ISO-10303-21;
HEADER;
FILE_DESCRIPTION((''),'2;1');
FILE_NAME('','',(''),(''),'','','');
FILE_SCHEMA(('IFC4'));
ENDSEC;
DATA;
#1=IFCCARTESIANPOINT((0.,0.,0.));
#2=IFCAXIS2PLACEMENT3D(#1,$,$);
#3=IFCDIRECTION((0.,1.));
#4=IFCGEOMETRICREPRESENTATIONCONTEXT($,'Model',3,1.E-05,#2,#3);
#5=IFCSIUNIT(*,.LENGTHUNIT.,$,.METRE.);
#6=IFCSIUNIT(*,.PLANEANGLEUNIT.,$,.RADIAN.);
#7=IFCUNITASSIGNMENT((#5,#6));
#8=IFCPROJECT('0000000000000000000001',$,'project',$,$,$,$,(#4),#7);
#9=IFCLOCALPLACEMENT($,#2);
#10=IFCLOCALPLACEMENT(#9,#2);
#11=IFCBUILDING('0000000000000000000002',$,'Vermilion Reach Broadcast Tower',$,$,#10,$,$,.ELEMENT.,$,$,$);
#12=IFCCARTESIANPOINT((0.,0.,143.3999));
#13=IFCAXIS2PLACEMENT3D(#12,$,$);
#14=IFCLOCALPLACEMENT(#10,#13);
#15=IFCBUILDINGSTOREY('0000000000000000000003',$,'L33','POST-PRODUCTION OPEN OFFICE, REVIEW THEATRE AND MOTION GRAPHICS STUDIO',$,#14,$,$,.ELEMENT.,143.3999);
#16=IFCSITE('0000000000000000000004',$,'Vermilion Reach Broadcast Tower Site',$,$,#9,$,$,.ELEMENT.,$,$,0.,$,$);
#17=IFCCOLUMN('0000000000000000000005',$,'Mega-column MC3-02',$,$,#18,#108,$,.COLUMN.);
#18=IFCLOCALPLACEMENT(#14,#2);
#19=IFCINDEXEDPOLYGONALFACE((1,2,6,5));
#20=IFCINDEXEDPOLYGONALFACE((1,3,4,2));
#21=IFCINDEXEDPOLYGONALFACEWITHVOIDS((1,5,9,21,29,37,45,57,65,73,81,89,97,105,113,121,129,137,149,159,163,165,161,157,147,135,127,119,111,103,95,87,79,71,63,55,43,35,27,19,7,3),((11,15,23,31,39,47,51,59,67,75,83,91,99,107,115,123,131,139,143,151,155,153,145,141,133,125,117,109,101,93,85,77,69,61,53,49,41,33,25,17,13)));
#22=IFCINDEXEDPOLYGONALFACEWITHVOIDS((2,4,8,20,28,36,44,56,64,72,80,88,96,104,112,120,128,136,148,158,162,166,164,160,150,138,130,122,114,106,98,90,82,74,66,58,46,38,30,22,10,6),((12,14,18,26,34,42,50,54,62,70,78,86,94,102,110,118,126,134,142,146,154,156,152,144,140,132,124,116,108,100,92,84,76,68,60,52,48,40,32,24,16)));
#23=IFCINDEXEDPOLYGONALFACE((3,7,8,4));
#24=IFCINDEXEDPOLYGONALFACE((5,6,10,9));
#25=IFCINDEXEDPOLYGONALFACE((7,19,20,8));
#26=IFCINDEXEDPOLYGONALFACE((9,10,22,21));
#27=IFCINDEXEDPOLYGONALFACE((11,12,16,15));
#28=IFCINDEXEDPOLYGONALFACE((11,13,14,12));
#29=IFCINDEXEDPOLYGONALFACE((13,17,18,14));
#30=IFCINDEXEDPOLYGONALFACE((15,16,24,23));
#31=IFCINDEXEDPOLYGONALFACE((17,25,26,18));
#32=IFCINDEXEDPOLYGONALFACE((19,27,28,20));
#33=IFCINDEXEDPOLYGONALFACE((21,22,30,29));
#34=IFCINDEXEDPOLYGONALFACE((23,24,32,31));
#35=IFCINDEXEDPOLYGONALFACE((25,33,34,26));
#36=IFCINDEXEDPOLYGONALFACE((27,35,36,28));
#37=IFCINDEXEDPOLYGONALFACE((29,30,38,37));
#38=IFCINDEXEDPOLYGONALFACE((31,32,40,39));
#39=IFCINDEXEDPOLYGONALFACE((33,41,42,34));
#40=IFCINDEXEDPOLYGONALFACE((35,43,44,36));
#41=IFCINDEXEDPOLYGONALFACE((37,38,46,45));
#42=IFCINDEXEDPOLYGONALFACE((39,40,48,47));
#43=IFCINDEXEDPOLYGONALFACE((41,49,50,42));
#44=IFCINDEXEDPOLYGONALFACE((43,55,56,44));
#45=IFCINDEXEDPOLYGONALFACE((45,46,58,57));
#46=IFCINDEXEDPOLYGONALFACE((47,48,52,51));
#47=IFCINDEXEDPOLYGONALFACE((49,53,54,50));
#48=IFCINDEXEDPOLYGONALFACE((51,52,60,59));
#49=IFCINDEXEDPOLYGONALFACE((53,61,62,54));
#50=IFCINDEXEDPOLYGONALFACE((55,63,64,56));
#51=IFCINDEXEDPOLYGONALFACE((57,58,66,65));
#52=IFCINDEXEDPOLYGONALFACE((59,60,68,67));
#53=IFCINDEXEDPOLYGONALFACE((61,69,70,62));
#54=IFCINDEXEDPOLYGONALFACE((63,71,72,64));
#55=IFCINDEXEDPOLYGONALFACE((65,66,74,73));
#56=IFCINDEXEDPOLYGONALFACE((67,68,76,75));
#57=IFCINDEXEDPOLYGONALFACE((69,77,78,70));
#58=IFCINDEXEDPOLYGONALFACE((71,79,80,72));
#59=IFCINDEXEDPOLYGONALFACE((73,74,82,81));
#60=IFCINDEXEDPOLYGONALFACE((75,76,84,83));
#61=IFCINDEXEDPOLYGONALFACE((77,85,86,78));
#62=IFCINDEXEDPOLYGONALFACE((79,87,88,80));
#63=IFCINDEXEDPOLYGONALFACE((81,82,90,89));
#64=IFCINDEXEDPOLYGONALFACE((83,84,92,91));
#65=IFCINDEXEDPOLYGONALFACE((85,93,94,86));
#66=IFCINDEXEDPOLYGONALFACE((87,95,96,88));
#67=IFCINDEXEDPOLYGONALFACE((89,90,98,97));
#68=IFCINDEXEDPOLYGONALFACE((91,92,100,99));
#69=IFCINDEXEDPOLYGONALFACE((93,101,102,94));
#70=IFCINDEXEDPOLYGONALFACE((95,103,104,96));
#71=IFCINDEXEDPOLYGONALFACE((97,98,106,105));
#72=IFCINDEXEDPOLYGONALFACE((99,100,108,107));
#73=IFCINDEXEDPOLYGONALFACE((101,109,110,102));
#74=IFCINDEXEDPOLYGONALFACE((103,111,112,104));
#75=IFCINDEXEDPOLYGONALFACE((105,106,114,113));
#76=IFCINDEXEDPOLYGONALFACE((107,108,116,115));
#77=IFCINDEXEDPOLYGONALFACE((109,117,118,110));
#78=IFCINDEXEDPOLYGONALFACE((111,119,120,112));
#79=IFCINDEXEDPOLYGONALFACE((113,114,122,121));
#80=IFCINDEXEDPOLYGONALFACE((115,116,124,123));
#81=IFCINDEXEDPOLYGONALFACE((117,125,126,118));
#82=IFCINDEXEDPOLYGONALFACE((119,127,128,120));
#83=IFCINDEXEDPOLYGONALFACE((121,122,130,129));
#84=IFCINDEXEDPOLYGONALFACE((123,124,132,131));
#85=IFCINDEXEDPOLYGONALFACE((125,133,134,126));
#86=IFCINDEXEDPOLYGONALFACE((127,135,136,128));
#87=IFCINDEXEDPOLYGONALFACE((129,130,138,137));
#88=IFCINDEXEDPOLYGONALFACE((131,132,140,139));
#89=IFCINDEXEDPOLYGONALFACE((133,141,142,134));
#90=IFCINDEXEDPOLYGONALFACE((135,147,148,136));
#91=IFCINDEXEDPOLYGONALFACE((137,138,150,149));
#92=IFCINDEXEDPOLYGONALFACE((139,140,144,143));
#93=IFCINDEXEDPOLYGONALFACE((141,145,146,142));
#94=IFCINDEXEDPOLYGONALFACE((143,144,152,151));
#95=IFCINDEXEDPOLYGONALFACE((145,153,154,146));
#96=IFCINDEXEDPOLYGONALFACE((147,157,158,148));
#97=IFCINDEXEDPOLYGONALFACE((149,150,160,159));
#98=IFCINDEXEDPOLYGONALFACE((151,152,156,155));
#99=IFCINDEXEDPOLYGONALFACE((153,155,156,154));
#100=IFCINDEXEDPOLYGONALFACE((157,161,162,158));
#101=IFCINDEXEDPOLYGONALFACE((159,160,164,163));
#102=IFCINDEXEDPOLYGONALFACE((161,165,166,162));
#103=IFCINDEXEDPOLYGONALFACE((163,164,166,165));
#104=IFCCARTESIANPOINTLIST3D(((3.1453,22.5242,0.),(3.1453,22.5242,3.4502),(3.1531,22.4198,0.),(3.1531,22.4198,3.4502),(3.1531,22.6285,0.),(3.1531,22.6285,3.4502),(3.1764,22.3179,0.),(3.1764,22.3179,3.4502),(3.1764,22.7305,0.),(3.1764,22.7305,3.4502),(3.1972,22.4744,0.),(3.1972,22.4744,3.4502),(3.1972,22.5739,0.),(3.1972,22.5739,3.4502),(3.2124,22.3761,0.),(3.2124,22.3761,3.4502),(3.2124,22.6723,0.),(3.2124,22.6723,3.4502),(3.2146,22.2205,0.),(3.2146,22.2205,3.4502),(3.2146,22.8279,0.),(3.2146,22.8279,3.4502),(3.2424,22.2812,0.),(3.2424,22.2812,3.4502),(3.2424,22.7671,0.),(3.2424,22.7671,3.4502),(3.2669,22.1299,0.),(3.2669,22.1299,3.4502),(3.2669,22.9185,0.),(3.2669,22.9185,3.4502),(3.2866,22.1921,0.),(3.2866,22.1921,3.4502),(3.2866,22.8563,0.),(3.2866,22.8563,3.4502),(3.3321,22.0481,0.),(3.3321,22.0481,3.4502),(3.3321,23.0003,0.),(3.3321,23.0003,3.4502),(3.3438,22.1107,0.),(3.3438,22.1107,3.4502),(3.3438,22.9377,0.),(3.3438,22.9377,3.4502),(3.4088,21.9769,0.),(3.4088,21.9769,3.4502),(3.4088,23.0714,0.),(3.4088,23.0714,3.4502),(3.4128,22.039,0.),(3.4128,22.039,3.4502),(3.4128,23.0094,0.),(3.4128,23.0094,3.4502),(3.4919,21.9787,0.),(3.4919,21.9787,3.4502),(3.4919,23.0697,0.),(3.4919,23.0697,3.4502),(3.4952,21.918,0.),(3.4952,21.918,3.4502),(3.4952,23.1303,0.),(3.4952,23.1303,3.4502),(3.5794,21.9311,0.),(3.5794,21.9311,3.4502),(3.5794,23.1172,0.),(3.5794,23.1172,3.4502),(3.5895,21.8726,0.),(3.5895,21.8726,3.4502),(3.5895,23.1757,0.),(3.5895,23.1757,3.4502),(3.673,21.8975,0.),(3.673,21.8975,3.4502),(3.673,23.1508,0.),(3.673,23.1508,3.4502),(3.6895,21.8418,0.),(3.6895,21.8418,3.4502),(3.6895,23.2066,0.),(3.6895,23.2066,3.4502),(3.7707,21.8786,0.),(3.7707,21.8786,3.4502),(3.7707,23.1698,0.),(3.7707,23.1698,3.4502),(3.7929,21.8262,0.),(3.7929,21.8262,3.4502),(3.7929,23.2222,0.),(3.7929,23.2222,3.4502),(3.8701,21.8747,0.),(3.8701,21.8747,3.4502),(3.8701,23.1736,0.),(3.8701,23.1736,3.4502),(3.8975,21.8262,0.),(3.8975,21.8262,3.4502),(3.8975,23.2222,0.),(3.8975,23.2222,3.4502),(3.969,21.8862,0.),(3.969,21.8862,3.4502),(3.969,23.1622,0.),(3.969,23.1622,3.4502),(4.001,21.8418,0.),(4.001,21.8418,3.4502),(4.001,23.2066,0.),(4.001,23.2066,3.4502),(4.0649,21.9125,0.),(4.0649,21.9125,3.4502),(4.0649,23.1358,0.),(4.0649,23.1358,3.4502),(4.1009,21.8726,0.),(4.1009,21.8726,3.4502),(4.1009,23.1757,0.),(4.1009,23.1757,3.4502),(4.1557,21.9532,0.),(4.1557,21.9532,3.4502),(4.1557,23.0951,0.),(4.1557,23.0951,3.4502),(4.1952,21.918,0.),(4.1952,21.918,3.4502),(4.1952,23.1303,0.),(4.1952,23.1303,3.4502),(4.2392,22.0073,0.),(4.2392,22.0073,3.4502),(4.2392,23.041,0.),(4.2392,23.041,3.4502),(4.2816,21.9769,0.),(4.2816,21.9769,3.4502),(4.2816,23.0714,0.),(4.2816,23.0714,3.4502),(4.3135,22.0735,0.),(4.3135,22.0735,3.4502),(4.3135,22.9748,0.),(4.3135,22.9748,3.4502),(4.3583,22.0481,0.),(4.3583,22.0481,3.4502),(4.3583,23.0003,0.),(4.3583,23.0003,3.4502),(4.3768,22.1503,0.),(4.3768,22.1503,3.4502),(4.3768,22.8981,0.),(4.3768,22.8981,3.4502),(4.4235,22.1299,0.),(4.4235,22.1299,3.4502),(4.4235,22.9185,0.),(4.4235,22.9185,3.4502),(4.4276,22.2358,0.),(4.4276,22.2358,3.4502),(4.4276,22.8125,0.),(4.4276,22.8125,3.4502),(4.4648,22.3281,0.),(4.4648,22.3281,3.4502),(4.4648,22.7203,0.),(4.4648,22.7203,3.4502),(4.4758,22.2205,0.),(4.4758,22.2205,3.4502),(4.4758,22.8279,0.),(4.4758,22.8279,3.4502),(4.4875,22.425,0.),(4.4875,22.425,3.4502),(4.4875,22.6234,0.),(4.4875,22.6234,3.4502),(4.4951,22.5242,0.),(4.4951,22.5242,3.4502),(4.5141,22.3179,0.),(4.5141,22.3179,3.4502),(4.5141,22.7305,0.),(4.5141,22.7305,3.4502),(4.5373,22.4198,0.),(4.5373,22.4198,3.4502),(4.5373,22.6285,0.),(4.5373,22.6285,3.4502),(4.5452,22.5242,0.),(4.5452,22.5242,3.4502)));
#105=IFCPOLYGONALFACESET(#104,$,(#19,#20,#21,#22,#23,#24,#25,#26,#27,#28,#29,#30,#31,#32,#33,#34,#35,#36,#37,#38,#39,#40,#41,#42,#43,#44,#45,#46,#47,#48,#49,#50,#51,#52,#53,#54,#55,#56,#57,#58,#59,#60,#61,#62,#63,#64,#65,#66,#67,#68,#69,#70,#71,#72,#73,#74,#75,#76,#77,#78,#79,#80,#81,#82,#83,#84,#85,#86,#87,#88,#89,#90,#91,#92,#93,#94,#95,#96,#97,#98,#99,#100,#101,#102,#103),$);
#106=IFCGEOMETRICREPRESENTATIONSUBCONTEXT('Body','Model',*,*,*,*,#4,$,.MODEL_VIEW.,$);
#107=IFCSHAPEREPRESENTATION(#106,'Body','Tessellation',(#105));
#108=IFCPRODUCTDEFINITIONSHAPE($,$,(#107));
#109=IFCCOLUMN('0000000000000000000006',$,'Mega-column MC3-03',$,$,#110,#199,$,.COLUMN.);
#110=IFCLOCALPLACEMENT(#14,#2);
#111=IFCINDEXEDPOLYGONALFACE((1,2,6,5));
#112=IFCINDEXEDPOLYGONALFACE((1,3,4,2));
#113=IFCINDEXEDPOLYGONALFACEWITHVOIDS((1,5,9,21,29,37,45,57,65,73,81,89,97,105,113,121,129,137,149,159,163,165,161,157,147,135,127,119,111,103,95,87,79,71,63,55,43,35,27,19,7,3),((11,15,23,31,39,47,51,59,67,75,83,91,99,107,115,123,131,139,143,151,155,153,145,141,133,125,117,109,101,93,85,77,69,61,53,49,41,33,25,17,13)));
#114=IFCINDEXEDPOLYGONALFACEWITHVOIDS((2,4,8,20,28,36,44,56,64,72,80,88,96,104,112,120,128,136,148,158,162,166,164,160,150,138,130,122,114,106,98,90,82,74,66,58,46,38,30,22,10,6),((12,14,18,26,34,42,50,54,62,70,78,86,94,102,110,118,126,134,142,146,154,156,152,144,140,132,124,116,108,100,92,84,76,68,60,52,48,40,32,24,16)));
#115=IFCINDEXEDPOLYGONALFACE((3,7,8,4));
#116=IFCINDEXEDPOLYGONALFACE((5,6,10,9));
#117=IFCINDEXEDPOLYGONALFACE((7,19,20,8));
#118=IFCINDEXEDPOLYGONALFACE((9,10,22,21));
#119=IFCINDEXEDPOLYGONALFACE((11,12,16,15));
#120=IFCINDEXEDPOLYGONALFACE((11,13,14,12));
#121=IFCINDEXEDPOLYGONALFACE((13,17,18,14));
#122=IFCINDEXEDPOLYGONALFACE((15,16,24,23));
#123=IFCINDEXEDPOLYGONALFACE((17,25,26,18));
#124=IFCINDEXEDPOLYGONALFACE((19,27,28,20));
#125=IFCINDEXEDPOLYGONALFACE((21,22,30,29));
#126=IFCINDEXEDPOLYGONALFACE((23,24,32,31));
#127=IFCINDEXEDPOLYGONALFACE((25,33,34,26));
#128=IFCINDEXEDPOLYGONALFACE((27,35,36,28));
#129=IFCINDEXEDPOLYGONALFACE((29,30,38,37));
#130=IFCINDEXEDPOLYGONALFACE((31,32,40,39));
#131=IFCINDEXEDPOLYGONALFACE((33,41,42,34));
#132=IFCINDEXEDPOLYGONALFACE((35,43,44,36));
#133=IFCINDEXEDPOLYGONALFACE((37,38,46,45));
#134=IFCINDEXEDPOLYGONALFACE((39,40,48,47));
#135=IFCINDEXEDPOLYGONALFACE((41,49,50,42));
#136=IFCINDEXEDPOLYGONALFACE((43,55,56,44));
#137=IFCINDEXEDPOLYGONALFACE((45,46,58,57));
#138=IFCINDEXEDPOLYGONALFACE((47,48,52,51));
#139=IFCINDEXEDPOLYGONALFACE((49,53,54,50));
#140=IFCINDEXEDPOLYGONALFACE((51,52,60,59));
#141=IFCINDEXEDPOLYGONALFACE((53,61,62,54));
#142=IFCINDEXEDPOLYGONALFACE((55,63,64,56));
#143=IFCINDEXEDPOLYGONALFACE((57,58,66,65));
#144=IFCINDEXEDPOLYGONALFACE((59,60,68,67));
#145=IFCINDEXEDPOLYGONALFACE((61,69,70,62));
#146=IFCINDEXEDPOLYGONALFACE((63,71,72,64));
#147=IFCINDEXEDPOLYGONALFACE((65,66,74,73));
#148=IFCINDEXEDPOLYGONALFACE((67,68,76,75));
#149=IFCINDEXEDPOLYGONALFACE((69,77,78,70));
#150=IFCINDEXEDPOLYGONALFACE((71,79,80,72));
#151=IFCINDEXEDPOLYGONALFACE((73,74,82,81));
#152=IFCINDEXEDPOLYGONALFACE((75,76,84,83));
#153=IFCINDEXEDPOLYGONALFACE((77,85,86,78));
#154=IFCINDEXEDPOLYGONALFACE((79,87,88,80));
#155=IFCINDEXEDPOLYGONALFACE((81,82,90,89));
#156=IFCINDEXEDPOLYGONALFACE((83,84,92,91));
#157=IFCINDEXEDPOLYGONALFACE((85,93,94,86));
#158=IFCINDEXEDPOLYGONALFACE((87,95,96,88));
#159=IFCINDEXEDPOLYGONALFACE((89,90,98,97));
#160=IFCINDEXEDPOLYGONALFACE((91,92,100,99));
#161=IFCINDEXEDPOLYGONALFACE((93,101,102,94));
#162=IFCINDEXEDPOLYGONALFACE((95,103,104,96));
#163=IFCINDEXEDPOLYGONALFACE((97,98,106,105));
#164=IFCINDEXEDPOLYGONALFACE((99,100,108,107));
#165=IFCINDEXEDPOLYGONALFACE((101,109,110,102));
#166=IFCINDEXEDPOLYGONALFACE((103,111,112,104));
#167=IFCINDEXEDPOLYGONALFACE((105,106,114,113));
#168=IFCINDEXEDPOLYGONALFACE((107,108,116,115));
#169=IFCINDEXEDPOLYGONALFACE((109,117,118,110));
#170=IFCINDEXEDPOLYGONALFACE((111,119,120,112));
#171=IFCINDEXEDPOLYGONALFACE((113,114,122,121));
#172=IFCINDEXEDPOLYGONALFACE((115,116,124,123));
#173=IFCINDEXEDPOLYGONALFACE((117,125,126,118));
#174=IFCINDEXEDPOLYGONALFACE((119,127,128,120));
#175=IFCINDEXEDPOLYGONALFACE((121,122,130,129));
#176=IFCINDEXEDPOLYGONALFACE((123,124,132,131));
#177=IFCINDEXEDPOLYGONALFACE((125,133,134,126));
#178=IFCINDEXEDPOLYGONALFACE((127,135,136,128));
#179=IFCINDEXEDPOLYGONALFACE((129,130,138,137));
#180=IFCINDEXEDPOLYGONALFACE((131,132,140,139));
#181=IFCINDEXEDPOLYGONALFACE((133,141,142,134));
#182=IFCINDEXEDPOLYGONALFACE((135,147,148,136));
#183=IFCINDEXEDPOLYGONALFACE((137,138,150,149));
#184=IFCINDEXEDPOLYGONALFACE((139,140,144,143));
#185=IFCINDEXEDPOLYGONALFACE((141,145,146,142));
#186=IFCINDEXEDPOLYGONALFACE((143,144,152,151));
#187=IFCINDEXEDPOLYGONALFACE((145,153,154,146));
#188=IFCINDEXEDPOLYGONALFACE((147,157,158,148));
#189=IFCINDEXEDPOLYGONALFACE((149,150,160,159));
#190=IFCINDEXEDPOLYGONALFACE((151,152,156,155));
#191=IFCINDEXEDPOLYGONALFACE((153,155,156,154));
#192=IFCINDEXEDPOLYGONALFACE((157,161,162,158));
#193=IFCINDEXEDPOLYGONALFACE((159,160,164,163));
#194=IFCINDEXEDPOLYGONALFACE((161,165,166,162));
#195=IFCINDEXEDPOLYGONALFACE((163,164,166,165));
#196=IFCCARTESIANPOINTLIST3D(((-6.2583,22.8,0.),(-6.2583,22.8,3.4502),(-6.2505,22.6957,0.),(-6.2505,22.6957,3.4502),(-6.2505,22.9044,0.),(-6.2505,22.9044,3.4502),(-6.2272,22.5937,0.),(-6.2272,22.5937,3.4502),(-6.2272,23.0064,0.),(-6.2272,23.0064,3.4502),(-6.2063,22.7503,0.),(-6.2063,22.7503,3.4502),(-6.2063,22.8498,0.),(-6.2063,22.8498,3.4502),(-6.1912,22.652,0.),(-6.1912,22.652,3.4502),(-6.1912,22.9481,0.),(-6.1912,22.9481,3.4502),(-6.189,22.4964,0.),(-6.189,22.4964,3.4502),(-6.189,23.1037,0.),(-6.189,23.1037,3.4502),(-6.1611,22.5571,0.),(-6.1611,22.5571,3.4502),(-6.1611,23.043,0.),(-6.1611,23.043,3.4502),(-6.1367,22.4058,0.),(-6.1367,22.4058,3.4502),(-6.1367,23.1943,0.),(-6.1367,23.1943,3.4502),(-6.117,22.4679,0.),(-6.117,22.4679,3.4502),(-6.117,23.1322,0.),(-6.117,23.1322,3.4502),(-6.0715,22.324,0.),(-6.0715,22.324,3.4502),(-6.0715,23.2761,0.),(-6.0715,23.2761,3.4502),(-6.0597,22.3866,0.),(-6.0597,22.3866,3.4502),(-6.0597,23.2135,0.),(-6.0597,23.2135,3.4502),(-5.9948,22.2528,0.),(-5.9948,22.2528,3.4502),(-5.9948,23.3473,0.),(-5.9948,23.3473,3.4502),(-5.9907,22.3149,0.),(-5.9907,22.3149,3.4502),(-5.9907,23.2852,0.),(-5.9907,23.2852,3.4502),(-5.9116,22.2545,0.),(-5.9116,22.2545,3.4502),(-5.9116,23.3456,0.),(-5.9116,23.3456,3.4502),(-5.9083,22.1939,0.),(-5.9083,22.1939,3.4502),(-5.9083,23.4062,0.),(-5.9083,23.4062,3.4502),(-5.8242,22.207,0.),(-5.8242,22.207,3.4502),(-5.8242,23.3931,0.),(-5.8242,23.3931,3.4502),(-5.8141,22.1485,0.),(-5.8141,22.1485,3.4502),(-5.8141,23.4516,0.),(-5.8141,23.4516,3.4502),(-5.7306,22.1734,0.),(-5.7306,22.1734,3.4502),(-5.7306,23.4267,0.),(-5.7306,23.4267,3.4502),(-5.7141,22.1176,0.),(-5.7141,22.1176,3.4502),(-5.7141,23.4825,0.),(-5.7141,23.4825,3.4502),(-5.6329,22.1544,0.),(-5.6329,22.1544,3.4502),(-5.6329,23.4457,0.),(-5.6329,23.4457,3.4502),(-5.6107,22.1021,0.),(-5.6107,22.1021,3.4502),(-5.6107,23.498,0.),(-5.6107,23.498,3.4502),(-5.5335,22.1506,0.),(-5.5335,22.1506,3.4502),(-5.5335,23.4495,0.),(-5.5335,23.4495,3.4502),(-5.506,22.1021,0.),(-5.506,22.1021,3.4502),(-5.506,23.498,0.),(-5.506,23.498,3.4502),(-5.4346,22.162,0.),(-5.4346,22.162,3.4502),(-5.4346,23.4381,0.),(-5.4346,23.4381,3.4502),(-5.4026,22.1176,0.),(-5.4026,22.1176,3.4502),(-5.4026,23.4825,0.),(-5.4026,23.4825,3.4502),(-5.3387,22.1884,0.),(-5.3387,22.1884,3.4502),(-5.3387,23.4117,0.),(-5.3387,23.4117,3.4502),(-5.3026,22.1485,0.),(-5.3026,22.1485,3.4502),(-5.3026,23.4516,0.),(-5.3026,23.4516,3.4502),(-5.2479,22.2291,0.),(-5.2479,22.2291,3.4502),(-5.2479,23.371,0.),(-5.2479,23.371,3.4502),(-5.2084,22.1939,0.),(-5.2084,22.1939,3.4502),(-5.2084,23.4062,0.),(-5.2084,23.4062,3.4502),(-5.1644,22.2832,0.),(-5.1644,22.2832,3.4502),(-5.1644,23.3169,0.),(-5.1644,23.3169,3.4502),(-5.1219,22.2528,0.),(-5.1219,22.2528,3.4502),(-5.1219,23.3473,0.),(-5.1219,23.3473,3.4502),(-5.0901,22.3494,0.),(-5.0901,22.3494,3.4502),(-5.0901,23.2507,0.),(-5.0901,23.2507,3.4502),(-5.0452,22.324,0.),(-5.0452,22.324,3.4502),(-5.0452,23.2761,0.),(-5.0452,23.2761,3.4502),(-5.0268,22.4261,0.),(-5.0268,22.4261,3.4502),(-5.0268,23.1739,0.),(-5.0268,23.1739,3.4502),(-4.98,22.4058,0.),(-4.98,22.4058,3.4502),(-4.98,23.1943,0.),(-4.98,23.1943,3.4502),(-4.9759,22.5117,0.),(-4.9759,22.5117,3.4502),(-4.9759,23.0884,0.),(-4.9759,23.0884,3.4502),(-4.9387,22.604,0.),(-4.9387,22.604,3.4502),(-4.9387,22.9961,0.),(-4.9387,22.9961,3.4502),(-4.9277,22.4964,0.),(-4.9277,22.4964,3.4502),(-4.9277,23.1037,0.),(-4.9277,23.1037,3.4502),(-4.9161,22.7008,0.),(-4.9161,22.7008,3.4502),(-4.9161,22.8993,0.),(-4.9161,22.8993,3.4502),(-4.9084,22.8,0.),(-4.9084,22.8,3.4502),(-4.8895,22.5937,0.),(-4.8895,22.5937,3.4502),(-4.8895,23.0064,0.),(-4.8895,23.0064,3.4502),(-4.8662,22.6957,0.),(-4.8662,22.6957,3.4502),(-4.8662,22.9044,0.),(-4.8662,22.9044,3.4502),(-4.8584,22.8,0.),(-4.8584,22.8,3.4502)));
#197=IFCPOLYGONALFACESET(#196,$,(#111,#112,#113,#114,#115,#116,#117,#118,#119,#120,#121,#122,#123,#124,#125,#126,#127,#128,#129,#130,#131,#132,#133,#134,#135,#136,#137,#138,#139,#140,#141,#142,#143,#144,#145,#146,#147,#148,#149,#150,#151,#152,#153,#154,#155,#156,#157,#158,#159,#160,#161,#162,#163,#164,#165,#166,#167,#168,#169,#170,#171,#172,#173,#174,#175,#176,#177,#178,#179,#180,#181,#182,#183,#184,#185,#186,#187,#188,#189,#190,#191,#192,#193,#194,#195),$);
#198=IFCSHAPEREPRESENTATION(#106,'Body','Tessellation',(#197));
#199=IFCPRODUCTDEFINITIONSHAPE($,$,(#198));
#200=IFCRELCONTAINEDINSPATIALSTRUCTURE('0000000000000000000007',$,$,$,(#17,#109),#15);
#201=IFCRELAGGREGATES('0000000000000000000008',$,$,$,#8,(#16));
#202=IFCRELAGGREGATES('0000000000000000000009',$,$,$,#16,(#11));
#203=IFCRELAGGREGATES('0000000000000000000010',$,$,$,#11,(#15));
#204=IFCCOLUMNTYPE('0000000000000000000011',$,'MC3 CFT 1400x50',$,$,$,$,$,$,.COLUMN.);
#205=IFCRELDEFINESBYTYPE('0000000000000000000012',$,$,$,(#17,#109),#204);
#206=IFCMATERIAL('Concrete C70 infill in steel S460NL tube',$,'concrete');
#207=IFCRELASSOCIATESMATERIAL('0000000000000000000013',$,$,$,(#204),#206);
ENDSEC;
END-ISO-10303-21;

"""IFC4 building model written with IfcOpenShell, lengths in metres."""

from ifc_helpers import new_model, si_unit, direction, frame, origin, origin_2d, place, context, subcontext, project, spatial, hollow_circle, extrude, material, material_profile, profile_set, type_object, element, save


model = new_model("IFC4")

# Units and contexts
model_context = context("Model", 3, precision=1e-05, world=origin(), true_north=direction((0.0, 1.0)))
body_context = subcontext(model_context, "Body", "Model", "MODEL_VIEW")
ifc_project = project(units=[si_unit("LENGTHUNIT", "METRE"), si_unit("PLANEANGLEUNIT", "RADIAN")], contexts=[model_context])

# Site, building, storey
site_placement = place(None, origin())
site = spatial("IfcSite", under=ifc_project, at=site_placement, Name="Vermilion Reach Broadcast Tower Site", CompositionType="ELEMENT", RefElevation=0.0)
building_placement = place(site_placement, origin())
building = spatial("IfcBuilding", under=site, at=building_placement, Name="Vermilion Reach Broadcast Tower", CompositionType="ELEMENT")
storey_placement = place(building_placement, frame((0.0, 0.0, 143.3999)))
storey = spatial("IfcBuildingStorey", under=building, at=storey_placement, Name="L33", Description="POST-PRODUCTION OPEN OFFICE, REVIEW THEATRE AND MOTION GRAPHICS STUDIO", CompositionType="ELEMENT", Elevation=143.3999)

# Columns
ifc_material_1 = material(Name="Concrete C70 infill in steel S460NL tube", Category="concrete")
ifc_material_profile_1 = material_profile(ifc_material_1, hollow_circle(Radius=0.7, WallThickness=0.05, at=origin_2d()), Name="Concrete C70 infill in steel S460NL tube CFT 1400x50")
ifc_profile_set_1 = profile_set([ifc_material_profile_1], Name="Concrete C70 infill in steel S460NL tube")
column_type = type_object("IfcColumnType", Name="MC3 CFT 1400x50", PredefinedType="COLUMN", material=ifc_profile_set_1)
for number, where, z_axis, x_axis, name in (
    (1, (3.8452, 22.5242, 0.0), (0.0, 0.0, 1.0), (1.0, 0.0, 0.0), "Mega-column MC3-02"),
    (2, (-5.5583, 22.8, 0.0), (0.0, 0.0, 1.0), (1.0, 0.0, 0.0), "Mega-column MC3-03"),
):
    element("IfcColumn", number, at=place(storey_placement, frame(where, z_axis=z_axis, x_axis=x_axis)), inside=storey, type_object=column_type, Name=name, PredefinedType="COLUMN", context=body_context, shape_type="SweptSolid", body=[
        extrude(hollow_circle(Radius=0.7, WallThickness=0.05, at=origin_2d()), origin(), (0.0, 0.0, 1.0), 3.4502),
    ])

save(model, "model.ifc")
